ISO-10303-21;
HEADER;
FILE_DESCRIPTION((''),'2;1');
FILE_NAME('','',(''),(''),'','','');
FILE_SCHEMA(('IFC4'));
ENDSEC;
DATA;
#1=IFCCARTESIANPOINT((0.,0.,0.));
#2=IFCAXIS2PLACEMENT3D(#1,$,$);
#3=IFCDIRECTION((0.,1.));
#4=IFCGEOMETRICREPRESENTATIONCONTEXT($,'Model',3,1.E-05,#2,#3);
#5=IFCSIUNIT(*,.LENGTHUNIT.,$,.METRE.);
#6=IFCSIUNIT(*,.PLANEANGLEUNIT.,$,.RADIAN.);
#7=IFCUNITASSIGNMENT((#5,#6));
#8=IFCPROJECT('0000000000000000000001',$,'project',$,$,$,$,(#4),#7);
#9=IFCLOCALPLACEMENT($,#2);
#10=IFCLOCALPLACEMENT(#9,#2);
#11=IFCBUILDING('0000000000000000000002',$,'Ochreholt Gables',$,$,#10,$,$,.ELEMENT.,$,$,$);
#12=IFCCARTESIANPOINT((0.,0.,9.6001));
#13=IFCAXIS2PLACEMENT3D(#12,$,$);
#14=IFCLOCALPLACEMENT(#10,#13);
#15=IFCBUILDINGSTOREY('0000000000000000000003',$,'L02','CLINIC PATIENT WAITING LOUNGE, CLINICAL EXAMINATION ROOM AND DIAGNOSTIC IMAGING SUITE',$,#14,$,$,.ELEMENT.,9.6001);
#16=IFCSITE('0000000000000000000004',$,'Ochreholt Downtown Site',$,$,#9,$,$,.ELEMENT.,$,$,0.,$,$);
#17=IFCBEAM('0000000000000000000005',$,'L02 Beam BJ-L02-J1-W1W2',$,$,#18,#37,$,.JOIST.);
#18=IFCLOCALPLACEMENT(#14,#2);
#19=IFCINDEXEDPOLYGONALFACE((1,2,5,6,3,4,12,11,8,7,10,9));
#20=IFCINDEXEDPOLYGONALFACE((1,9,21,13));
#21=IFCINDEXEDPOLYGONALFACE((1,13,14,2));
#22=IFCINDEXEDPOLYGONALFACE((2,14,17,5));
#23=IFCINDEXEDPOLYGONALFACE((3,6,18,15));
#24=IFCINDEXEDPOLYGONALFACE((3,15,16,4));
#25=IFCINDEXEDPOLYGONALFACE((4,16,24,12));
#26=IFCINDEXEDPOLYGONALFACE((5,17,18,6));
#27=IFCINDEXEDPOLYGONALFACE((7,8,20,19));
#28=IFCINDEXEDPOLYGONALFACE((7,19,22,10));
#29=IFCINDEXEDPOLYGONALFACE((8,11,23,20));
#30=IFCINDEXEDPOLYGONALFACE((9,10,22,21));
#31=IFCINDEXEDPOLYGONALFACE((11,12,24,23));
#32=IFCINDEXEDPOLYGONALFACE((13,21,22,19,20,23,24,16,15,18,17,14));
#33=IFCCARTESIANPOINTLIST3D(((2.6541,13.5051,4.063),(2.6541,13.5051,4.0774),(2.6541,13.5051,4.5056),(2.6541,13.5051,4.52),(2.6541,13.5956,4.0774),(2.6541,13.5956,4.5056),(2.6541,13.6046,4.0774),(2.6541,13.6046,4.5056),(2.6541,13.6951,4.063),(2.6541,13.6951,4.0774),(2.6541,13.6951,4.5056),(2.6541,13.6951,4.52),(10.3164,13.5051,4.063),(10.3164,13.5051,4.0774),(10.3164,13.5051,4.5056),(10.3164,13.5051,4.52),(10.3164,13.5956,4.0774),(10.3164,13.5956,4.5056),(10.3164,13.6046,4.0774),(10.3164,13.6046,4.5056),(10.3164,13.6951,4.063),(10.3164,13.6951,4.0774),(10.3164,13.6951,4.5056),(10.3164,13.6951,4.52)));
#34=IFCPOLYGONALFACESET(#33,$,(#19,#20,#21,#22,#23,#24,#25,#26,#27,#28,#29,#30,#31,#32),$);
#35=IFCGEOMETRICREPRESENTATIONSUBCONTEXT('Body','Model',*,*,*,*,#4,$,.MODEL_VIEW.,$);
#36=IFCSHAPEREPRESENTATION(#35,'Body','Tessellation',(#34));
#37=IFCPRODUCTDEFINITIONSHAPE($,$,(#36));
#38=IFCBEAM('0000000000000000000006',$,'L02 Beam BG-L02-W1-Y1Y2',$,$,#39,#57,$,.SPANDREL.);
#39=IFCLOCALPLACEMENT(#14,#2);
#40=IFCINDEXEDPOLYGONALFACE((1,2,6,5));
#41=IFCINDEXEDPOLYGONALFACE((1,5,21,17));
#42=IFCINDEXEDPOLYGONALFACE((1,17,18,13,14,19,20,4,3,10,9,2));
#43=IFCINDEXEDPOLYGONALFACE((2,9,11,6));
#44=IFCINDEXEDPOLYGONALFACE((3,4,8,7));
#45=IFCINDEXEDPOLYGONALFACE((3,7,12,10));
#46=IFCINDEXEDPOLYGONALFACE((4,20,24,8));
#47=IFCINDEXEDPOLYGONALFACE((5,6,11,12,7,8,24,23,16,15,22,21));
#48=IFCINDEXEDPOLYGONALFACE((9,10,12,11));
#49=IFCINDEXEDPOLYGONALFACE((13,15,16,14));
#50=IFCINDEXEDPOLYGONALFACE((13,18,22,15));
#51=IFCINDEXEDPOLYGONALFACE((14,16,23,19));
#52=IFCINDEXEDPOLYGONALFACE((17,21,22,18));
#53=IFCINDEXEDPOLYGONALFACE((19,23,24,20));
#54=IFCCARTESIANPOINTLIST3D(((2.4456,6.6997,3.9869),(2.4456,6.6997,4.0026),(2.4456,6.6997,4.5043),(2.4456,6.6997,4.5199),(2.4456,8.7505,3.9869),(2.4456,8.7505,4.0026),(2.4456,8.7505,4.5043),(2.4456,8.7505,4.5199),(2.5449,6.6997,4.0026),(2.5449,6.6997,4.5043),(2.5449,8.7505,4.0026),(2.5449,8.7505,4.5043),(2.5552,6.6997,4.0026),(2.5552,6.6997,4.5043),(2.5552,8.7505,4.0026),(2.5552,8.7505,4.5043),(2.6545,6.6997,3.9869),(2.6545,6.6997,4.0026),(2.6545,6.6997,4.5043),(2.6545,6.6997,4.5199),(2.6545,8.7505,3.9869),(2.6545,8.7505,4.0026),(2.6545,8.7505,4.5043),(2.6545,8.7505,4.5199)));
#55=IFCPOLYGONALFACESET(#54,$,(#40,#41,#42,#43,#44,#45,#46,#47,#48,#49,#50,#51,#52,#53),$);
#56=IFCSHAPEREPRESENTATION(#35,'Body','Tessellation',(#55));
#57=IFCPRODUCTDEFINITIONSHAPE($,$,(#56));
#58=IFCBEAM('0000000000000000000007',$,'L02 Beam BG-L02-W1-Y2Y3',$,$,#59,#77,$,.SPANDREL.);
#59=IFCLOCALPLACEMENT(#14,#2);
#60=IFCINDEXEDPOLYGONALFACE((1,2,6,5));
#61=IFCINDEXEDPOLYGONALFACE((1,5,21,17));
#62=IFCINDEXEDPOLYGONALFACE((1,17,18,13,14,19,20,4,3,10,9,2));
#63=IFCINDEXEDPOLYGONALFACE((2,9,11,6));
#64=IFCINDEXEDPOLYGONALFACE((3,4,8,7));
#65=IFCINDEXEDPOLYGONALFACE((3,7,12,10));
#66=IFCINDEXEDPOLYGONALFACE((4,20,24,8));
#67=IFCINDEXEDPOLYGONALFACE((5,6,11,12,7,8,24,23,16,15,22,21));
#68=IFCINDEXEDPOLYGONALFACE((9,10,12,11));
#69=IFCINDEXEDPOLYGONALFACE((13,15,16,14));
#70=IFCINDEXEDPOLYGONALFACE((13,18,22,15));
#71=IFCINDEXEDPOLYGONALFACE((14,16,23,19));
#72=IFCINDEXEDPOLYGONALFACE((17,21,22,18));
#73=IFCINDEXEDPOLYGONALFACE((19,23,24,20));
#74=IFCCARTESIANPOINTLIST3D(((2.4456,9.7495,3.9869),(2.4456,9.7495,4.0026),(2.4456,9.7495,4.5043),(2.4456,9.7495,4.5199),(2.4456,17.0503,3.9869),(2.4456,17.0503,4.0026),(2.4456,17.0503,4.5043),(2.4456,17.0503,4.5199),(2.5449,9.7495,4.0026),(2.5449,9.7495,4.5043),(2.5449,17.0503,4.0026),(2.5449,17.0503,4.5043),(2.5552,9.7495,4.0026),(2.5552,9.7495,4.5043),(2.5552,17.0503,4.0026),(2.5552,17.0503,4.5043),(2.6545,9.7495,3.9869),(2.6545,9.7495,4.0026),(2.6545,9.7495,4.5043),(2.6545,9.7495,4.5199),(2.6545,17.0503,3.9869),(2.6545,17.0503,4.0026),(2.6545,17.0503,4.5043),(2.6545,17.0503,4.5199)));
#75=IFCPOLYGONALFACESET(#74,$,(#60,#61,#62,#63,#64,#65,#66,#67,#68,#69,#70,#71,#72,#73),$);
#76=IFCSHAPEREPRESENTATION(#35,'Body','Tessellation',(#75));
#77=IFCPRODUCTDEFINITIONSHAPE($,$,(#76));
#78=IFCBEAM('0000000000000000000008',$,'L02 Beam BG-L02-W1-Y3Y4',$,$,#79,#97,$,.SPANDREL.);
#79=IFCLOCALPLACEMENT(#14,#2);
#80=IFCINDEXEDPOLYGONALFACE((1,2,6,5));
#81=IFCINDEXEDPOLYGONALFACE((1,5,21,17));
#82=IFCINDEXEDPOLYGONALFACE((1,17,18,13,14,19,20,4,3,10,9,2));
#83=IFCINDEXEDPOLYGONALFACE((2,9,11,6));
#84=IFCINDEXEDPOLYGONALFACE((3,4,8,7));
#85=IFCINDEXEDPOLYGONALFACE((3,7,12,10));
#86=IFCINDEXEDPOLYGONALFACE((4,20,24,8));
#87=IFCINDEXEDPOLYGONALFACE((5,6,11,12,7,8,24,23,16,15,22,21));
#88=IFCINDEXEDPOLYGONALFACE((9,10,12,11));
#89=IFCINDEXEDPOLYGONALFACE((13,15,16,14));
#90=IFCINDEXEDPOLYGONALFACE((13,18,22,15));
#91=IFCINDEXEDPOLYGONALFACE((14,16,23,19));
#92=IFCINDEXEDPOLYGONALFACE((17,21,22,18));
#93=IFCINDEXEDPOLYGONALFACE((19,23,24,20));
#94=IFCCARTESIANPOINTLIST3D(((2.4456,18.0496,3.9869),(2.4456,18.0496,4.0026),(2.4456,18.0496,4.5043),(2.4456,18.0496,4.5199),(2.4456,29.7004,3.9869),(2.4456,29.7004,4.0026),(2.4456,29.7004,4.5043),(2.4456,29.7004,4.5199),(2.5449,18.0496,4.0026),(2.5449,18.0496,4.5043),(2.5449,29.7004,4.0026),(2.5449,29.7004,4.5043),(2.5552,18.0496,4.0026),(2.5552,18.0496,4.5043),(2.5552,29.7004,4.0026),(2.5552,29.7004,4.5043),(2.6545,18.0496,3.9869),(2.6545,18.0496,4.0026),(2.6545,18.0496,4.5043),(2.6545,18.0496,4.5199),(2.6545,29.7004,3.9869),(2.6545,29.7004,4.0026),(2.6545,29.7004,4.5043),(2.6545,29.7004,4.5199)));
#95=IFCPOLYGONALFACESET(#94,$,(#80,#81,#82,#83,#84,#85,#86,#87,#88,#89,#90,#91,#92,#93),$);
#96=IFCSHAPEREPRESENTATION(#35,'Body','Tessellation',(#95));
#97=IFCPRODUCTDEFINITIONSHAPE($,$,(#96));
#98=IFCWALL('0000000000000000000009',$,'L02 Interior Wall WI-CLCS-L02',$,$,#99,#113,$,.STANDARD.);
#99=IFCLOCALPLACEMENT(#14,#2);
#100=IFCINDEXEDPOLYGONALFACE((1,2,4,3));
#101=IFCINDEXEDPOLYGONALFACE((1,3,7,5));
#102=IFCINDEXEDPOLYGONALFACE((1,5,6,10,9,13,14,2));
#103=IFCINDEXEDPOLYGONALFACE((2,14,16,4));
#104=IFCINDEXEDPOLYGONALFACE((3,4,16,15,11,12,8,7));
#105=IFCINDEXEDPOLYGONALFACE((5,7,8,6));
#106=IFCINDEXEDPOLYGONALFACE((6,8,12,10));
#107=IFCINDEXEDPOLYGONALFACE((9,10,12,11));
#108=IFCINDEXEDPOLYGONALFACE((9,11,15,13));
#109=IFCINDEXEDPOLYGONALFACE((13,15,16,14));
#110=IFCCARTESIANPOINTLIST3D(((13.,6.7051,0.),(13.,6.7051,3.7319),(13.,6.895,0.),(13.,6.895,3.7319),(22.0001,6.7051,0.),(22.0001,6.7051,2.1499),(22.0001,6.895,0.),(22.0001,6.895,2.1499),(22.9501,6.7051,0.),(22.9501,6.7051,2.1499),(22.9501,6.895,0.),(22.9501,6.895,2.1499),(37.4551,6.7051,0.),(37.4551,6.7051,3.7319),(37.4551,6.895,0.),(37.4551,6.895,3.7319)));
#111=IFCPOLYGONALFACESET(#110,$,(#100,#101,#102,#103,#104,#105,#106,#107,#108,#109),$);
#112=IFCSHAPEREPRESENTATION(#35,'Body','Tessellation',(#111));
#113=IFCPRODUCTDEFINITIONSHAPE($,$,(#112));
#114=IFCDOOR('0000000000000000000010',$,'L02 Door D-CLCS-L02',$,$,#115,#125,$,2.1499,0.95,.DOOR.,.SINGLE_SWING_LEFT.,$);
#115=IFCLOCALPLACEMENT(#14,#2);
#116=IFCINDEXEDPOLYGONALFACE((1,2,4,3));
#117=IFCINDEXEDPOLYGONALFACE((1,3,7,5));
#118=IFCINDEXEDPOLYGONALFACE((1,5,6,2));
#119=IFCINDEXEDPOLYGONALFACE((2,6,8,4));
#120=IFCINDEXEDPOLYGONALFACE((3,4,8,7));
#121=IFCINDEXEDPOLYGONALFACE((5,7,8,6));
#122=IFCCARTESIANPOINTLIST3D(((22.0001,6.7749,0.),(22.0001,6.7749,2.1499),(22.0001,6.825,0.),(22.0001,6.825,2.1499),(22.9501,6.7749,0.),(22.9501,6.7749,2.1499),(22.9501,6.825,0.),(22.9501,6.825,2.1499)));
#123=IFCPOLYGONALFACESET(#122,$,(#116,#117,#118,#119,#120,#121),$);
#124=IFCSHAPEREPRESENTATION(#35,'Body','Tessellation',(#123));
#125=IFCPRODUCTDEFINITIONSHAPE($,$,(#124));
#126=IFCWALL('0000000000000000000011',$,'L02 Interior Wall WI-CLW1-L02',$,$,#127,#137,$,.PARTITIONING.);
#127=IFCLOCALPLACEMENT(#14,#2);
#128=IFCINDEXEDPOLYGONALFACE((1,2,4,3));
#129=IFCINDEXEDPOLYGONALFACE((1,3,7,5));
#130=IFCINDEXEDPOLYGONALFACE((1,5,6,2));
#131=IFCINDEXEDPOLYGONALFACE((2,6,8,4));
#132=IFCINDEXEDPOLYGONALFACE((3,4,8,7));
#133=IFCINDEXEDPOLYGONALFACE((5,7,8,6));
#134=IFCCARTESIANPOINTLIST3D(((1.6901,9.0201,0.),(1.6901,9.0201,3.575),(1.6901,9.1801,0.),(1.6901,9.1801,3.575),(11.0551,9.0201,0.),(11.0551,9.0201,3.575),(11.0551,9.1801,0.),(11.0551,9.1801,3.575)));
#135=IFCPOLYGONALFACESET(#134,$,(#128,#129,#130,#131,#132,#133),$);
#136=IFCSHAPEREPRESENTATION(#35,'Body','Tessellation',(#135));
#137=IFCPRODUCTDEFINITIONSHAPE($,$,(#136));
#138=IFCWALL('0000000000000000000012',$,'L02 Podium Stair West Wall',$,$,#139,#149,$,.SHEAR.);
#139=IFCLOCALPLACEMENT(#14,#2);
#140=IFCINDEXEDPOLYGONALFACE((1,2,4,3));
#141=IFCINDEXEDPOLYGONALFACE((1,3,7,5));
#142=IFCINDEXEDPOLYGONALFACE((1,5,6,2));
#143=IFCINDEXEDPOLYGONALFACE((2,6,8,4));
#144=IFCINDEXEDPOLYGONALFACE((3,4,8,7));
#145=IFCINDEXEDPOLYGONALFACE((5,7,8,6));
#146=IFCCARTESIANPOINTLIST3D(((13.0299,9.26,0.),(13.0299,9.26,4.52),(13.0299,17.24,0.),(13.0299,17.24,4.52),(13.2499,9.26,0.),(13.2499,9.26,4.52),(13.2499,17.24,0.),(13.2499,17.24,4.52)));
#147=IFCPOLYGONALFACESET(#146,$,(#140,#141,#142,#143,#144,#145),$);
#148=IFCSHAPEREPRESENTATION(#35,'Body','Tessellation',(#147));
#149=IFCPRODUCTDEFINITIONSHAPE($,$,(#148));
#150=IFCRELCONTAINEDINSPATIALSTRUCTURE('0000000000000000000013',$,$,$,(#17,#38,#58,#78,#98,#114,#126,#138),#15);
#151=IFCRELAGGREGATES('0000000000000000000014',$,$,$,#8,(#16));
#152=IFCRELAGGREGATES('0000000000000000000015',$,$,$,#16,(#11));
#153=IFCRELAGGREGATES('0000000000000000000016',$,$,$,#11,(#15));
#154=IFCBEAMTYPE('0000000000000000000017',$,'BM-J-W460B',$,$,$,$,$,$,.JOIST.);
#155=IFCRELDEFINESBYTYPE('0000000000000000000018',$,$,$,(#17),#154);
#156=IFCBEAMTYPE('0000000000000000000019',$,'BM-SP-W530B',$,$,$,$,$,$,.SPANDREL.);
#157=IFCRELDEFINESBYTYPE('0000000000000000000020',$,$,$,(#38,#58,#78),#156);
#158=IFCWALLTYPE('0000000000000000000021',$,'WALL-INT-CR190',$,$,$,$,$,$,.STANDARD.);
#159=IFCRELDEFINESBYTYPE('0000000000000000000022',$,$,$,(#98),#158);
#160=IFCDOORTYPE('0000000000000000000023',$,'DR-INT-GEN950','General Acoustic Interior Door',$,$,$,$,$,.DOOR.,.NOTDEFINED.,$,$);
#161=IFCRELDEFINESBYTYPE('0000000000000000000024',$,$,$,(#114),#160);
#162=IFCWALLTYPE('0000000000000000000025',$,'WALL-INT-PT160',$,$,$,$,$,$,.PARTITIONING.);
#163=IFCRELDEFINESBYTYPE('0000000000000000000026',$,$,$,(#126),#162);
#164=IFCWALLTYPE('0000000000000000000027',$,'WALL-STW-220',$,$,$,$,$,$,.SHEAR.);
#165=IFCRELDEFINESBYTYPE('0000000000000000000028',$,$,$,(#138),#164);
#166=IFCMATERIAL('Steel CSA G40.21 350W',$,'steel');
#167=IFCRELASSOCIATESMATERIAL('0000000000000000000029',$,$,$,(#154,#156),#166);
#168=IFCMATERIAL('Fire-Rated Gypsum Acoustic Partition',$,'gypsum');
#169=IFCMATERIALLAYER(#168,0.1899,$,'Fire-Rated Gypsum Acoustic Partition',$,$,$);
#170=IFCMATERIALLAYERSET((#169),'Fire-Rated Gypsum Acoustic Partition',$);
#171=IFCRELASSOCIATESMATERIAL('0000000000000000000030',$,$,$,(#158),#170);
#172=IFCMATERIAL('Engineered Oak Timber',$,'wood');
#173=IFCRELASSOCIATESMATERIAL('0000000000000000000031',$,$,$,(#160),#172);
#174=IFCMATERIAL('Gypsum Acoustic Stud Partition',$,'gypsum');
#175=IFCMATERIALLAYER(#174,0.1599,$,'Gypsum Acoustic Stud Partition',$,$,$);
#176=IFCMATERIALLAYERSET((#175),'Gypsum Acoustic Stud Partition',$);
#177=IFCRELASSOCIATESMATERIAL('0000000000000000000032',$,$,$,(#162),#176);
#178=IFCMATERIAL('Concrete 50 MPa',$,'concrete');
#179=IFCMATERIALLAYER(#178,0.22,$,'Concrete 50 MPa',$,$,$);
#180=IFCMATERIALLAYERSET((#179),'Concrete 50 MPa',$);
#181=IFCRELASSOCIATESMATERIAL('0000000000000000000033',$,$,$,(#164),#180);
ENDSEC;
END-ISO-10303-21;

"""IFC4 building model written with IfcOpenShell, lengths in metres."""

from ifc_helpers import new_model, si_unit, direction, frame, frame_2d, origin, origin_2d, place, context, subcontext, project, spatial, rectangle, i_section, extrude, material, layer, layer_set, material_profile, profile_set, type_object, element, fill, save


model = new_model("IFC4")

# Units and contexts
model_context = context("Model", 3, precision=1e-05, world=origin(), true_north=direction((0.0, 1.0)))
body_context = subcontext(model_context, "Body", "Model", "MODEL_VIEW")
ifc_project = project(units=[si_unit("LENGTHUNIT", "METRE"), si_unit("PLANEANGLEUNIT", "RADIAN")], contexts=[model_context])

# Site, building, storey
site_placement = place(None, origin())
site = spatial("IfcSite", under=ifc_project, at=site_placement, Name="Ochreholt Downtown Site", CompositionType="ELEMENT", RefElevation=0.0)
building_placement = place(site_placement, origin())
building = spatial("IfcBuilding", under=site, at=building_placement, Name="Ochreholt Gables", CompositionType="ELEMENT")
storey_placement = place(building_placement, frame((0.0, 0.0, 9.6001)))
storey = spatial("IfcBuildingStorey", under=building, at=storey_placement, Name="L02", Description="CLINIC PATIENT WAITING LOUNGE, CLINICAL EXAMINATION ROOM AND DIAGNOSTIC IMAGING SUITE", CompositionType="ELEMENT", Elevation=9.6001)

# Beams
ifc_material_1 = material(Name="Steel CSA G40.21 350W", Category="steel")
ifc_material_profile_1 = material_profile(ifc_material_1, i_section(OverallWidth=0.1899, OverallDepth=0.457, WebThickness=0.009, FlangeThickness=0.0144, at=origin_2d()), Name="W460X74")
ifc_profile_set_1 = profile_set([ifc_material_profile_1], Name="Steel CSA G40.21 350W")
beam_type_1 = type_object("IfcBeamType", Name="BM-J-W460B", PredefinedType="JOIST", material=ifc_profile_set_1)
beam_1_placement = place(storey_placement, frame((2.6541, 13.6001, 4.2915), z_axis=(1.0, 0.0, 0.0), x_axis=(0.0, 1.0, 0.0)))
element("IfcBeam", 1, at=beam_1_placement, inside=storey, type_object=beam_type_1, Name="L02 Beam BJ-L02-J1-W1W2", PredefinedType="JOIST", context=body_context, shape_type="SweptSolid", body=[
    extrude(i_section(OverallWidth=0.1899, OverallDepth=0.457, WebThickness=0.009, FlangeThickness=0.0144, at=origin_2d()), origin(), (0.0, 0.0, 1.0), 7.6624),
])
ifc_material_profile_2 = material_profile(ifc_material_1, i_section(OverallWidth=0.209, OverallDepth=0.533, WebThickness=0.0103, FlangeThickness=0.0156, at=origin_2d()), Name="W530X92")
ifc_profile_set_2 = profile_set([ifc_material_profile_2], Name="Steel CSA G40.21 350W")
beam_type_2 = type_object("IfcBeamType", Name="BM-SP-W530B", PredefinedType="SPANDREL", material=ifc_profile_set_2)
beam_2_placement = place(storey_placement, frame((2.55, 6.6997, 4.2534), z_axis=(0.0, 1.0, 0.0), x_axis=(-1.0, 0.0, 0.0)))
element("IfcBeam", 2, at=beam_2_placement, inside=storey, type_object=beam_type_2, Name="L02 Beam BG-L02-W1-Y1Y2", PredefinedType="SPANDREL", context=body_context, shape_type="SweptSolid", body=[
    extrude(i_section(OverallWidth=0.209, OverallDepth=0.533, WebThickness=0.0103, FlangeThickness=0.0156, at=origin_2d()), origin(), (0.0, 0.0, 1.0), 2.0508),
])
beam_3_placement = place(storey_placement, frame((2.55, 9.7495, 4.2534), z_axis=(0.0, 1.0, 0.0), x_axis=(-1.0, 0.0, 0.0)))
element("IfcBeam", 3, at=beam_3_placement, inside=storey, type_object=beam_type_2, Name="L02 Beam BG-L02-W1-Y2Y3", PredefinedType="SPANDREL", context=body_context, shape_type="SweptSolid", body=[
    extrude(i_section(OverallWidth=0.209, OverallDepth=0.533, WebThickness=0.0103, FlangeThickness=0.0156, at=origin_2d()), origin(), (0.0, 0.0, 1.0), 7.3008),
])
beam_4_placement = place(storey_placement, frame((2.55, 18.0496, 4.2534), z_axis=(0.0, 1.0, 0.0), x_axis=(-1.0, 0.0, 0.0)))
element("IfcBeam", 4, at=beam_4_placement, inside=storey, type_object=beam_type_2, Name="L02 Beam BG-L02-W1-Y3Y4", PredefinedType="SPANDREL", context=body_context, shape_type="SweptSolid", body=[
    extrude(i_section(OverallWidth=0.209, OverallDepth=0.533, WebThickness=0.0103, FlangeThickness=0.0156, at=origin_2d()), origin(), (0.0, 0.0, 1.0), 11.6509),
])

# Wall, opening, door
ifc_material_2 = material(Name="Fire-Rated Gypsum Acoustic Partition", Category="gypsum")
ifc_layer_1 = layer(ifc_material_2, 0.1899, Name="Fire-Rated Gypsum Acoustic Partition")
ifc_layer_set_1 = layer_set([ifc_layer_1], Name="Fire-Rated Gypsum Acoustic Partition")
wall_type_1 = type_object("IfcWallType", Name="WALL-INT-CR190", PredefinedType="STANDARD", material=ifc_layer_set_1)
wall_1_placement = place(storey_placement, frame((13.0, 6.8, 0.0), z_axis=(0.0, 0.0, 1.0), x_axis=(1.0, 0.0, 0.0)))
wall_1 = element("IfcWall", 5, at=wall_1_placement, inside=storey, type_object=wall_type_1, Name="L02 Interior Wall WI-CLCS-L02", PredefinedType="STANDARD", context=body_context, shape_type="SweptSolid", body=[
    extrude(rectangle(XDim=24.4551, YDim=0.1899, at=frame_2d((12.2275, 0.0))), origin(), (0.0, 0.0, 1.0), 3.7319),
])
opening_placement = place(wall_1_placement, frame((9.0, 0.0, 0.0)))
opening = element("IfcOpeningElement", 6, at=opening_placement, cuts=wall_1, PredefinedType="OPENING", context=body_context, shape_type="SweptSolid", body=[
    extrude(rectangle(XDim=0.95, YDim=2.1499, at=frame_2d((0.4751, 1.075))), frame((0.0, 0.105, 0.0), z_axis=(0.0, -1.0, 0.0), x_axis=(1.0, 0.0, 0.0)), (0.0, 0.0, 1.0), 0.21),
])
ifc_material_3 = material(Name="Engineered Oak Timber", Category="wood")
door_type = type_object("IfcDoorType", Name="DR-INT-GEN950", Description="General Acoustic Interior Door", OperationType="NOTDEFINED", PredefinedType="DOOR", material=ifc_material_3)
door_placement = place(opening_placement, origin())
door = element("IfcDoor", 7, at=door_placement, inside=storey, type_object=door_type, Name="L02 Door D-CLCS-L02", OperationType="SINGLE_SWING_LEFT", OverallHeight=2.1499, OverallWidth=0.95, PredefinedType="DOOR", context=body_context, shape_type="SweptSolid", body=[
    extrude(rectangle(XDim=0.95, YDim=2.1499, at=frame_2d((0.4751, 1.075))), frame((0.0, 0.0249, 0.0), z_axis=(0.0, -1.0, 0.0), x_axis=(1.0, 0.0, 0.0)), (0.0, 0.0, 1.0), 0.05),
])
fill(opening, door)

# Walls
ifc_material_4 = material(Name="Gypsum Acoustic Stud Partition", Category="gypsum")
ifc_layer_2 = layer(ifc_material_4, 0.1599, Name="Gypsum Acoustic Stud Partition")
ifc_layer_set_2 = layer_set([ifc_layer_2], Name="Gypsum Acoustic Stud Partition")
wall_type_2 = type_object("IfcWallType", Name="WALL-INT-PT160", PredefinedType="PARTITIONING", material=ifc_layer_set_2)
wall_2_placement = place(storey_placement, frame((1.6899, 9.1001, 0.0), z_axis=(0.0, 0.0, 1.0), x_axis=(1.0, 0.0, 0.0)))
element("IfcWall", 8, at=wall_2_placement, inside=storey, type_object=wall_type_2, Name="L02 Interior Wall WI-CLW1-L02", PredefinedType="PARTITIONING", context=body_context, shape_type="SweptSolid", body=[
    extrude(rectangle(XDim=9.365, YDim=0.1599, at=frame_2d((4.6826, 0.0))), origin(), (0.0, 0.0, 1.0), 3.575),
])
ifc_material_5 = material(Name="Concrete 50 MPa", Category="concrete")
ifc_layer_3 = layer(ifc_material_5, 0.22, Name="Concrete 50 MPa")
ifc_layer_set_3 = layer_set([ifc_layer_3], Name="Concrete 50 MPa")
wall_type_3 = type_object("IfcWallType", Name="WALL-STW-220", PredefinedType="SHEAR", material=ifc_layer_set_3)
wall_3_placement = place(storey_placement, frame((13.1399, 9.26, 0.0), z_axis=(0.0, 0.0, 1.0), x_axis=(0.0, 1.0, 0.0)))
element("IfcWall", 9, at=wall_3_placement, inside=storey, type_object=wall_type_3, Name="L02 Podium Stair West Wall", PredefinedType="SHEAR", context=body_context, shape_type="SweptSolid", body=[
    extrude(rectangle(XDim=7.98, YDim=0.22, at=frame_2d((3.99, 0.0))), origin(), (0.0, 0.0, 1.0), 4.52),
])

save(model, "model.ifc")
